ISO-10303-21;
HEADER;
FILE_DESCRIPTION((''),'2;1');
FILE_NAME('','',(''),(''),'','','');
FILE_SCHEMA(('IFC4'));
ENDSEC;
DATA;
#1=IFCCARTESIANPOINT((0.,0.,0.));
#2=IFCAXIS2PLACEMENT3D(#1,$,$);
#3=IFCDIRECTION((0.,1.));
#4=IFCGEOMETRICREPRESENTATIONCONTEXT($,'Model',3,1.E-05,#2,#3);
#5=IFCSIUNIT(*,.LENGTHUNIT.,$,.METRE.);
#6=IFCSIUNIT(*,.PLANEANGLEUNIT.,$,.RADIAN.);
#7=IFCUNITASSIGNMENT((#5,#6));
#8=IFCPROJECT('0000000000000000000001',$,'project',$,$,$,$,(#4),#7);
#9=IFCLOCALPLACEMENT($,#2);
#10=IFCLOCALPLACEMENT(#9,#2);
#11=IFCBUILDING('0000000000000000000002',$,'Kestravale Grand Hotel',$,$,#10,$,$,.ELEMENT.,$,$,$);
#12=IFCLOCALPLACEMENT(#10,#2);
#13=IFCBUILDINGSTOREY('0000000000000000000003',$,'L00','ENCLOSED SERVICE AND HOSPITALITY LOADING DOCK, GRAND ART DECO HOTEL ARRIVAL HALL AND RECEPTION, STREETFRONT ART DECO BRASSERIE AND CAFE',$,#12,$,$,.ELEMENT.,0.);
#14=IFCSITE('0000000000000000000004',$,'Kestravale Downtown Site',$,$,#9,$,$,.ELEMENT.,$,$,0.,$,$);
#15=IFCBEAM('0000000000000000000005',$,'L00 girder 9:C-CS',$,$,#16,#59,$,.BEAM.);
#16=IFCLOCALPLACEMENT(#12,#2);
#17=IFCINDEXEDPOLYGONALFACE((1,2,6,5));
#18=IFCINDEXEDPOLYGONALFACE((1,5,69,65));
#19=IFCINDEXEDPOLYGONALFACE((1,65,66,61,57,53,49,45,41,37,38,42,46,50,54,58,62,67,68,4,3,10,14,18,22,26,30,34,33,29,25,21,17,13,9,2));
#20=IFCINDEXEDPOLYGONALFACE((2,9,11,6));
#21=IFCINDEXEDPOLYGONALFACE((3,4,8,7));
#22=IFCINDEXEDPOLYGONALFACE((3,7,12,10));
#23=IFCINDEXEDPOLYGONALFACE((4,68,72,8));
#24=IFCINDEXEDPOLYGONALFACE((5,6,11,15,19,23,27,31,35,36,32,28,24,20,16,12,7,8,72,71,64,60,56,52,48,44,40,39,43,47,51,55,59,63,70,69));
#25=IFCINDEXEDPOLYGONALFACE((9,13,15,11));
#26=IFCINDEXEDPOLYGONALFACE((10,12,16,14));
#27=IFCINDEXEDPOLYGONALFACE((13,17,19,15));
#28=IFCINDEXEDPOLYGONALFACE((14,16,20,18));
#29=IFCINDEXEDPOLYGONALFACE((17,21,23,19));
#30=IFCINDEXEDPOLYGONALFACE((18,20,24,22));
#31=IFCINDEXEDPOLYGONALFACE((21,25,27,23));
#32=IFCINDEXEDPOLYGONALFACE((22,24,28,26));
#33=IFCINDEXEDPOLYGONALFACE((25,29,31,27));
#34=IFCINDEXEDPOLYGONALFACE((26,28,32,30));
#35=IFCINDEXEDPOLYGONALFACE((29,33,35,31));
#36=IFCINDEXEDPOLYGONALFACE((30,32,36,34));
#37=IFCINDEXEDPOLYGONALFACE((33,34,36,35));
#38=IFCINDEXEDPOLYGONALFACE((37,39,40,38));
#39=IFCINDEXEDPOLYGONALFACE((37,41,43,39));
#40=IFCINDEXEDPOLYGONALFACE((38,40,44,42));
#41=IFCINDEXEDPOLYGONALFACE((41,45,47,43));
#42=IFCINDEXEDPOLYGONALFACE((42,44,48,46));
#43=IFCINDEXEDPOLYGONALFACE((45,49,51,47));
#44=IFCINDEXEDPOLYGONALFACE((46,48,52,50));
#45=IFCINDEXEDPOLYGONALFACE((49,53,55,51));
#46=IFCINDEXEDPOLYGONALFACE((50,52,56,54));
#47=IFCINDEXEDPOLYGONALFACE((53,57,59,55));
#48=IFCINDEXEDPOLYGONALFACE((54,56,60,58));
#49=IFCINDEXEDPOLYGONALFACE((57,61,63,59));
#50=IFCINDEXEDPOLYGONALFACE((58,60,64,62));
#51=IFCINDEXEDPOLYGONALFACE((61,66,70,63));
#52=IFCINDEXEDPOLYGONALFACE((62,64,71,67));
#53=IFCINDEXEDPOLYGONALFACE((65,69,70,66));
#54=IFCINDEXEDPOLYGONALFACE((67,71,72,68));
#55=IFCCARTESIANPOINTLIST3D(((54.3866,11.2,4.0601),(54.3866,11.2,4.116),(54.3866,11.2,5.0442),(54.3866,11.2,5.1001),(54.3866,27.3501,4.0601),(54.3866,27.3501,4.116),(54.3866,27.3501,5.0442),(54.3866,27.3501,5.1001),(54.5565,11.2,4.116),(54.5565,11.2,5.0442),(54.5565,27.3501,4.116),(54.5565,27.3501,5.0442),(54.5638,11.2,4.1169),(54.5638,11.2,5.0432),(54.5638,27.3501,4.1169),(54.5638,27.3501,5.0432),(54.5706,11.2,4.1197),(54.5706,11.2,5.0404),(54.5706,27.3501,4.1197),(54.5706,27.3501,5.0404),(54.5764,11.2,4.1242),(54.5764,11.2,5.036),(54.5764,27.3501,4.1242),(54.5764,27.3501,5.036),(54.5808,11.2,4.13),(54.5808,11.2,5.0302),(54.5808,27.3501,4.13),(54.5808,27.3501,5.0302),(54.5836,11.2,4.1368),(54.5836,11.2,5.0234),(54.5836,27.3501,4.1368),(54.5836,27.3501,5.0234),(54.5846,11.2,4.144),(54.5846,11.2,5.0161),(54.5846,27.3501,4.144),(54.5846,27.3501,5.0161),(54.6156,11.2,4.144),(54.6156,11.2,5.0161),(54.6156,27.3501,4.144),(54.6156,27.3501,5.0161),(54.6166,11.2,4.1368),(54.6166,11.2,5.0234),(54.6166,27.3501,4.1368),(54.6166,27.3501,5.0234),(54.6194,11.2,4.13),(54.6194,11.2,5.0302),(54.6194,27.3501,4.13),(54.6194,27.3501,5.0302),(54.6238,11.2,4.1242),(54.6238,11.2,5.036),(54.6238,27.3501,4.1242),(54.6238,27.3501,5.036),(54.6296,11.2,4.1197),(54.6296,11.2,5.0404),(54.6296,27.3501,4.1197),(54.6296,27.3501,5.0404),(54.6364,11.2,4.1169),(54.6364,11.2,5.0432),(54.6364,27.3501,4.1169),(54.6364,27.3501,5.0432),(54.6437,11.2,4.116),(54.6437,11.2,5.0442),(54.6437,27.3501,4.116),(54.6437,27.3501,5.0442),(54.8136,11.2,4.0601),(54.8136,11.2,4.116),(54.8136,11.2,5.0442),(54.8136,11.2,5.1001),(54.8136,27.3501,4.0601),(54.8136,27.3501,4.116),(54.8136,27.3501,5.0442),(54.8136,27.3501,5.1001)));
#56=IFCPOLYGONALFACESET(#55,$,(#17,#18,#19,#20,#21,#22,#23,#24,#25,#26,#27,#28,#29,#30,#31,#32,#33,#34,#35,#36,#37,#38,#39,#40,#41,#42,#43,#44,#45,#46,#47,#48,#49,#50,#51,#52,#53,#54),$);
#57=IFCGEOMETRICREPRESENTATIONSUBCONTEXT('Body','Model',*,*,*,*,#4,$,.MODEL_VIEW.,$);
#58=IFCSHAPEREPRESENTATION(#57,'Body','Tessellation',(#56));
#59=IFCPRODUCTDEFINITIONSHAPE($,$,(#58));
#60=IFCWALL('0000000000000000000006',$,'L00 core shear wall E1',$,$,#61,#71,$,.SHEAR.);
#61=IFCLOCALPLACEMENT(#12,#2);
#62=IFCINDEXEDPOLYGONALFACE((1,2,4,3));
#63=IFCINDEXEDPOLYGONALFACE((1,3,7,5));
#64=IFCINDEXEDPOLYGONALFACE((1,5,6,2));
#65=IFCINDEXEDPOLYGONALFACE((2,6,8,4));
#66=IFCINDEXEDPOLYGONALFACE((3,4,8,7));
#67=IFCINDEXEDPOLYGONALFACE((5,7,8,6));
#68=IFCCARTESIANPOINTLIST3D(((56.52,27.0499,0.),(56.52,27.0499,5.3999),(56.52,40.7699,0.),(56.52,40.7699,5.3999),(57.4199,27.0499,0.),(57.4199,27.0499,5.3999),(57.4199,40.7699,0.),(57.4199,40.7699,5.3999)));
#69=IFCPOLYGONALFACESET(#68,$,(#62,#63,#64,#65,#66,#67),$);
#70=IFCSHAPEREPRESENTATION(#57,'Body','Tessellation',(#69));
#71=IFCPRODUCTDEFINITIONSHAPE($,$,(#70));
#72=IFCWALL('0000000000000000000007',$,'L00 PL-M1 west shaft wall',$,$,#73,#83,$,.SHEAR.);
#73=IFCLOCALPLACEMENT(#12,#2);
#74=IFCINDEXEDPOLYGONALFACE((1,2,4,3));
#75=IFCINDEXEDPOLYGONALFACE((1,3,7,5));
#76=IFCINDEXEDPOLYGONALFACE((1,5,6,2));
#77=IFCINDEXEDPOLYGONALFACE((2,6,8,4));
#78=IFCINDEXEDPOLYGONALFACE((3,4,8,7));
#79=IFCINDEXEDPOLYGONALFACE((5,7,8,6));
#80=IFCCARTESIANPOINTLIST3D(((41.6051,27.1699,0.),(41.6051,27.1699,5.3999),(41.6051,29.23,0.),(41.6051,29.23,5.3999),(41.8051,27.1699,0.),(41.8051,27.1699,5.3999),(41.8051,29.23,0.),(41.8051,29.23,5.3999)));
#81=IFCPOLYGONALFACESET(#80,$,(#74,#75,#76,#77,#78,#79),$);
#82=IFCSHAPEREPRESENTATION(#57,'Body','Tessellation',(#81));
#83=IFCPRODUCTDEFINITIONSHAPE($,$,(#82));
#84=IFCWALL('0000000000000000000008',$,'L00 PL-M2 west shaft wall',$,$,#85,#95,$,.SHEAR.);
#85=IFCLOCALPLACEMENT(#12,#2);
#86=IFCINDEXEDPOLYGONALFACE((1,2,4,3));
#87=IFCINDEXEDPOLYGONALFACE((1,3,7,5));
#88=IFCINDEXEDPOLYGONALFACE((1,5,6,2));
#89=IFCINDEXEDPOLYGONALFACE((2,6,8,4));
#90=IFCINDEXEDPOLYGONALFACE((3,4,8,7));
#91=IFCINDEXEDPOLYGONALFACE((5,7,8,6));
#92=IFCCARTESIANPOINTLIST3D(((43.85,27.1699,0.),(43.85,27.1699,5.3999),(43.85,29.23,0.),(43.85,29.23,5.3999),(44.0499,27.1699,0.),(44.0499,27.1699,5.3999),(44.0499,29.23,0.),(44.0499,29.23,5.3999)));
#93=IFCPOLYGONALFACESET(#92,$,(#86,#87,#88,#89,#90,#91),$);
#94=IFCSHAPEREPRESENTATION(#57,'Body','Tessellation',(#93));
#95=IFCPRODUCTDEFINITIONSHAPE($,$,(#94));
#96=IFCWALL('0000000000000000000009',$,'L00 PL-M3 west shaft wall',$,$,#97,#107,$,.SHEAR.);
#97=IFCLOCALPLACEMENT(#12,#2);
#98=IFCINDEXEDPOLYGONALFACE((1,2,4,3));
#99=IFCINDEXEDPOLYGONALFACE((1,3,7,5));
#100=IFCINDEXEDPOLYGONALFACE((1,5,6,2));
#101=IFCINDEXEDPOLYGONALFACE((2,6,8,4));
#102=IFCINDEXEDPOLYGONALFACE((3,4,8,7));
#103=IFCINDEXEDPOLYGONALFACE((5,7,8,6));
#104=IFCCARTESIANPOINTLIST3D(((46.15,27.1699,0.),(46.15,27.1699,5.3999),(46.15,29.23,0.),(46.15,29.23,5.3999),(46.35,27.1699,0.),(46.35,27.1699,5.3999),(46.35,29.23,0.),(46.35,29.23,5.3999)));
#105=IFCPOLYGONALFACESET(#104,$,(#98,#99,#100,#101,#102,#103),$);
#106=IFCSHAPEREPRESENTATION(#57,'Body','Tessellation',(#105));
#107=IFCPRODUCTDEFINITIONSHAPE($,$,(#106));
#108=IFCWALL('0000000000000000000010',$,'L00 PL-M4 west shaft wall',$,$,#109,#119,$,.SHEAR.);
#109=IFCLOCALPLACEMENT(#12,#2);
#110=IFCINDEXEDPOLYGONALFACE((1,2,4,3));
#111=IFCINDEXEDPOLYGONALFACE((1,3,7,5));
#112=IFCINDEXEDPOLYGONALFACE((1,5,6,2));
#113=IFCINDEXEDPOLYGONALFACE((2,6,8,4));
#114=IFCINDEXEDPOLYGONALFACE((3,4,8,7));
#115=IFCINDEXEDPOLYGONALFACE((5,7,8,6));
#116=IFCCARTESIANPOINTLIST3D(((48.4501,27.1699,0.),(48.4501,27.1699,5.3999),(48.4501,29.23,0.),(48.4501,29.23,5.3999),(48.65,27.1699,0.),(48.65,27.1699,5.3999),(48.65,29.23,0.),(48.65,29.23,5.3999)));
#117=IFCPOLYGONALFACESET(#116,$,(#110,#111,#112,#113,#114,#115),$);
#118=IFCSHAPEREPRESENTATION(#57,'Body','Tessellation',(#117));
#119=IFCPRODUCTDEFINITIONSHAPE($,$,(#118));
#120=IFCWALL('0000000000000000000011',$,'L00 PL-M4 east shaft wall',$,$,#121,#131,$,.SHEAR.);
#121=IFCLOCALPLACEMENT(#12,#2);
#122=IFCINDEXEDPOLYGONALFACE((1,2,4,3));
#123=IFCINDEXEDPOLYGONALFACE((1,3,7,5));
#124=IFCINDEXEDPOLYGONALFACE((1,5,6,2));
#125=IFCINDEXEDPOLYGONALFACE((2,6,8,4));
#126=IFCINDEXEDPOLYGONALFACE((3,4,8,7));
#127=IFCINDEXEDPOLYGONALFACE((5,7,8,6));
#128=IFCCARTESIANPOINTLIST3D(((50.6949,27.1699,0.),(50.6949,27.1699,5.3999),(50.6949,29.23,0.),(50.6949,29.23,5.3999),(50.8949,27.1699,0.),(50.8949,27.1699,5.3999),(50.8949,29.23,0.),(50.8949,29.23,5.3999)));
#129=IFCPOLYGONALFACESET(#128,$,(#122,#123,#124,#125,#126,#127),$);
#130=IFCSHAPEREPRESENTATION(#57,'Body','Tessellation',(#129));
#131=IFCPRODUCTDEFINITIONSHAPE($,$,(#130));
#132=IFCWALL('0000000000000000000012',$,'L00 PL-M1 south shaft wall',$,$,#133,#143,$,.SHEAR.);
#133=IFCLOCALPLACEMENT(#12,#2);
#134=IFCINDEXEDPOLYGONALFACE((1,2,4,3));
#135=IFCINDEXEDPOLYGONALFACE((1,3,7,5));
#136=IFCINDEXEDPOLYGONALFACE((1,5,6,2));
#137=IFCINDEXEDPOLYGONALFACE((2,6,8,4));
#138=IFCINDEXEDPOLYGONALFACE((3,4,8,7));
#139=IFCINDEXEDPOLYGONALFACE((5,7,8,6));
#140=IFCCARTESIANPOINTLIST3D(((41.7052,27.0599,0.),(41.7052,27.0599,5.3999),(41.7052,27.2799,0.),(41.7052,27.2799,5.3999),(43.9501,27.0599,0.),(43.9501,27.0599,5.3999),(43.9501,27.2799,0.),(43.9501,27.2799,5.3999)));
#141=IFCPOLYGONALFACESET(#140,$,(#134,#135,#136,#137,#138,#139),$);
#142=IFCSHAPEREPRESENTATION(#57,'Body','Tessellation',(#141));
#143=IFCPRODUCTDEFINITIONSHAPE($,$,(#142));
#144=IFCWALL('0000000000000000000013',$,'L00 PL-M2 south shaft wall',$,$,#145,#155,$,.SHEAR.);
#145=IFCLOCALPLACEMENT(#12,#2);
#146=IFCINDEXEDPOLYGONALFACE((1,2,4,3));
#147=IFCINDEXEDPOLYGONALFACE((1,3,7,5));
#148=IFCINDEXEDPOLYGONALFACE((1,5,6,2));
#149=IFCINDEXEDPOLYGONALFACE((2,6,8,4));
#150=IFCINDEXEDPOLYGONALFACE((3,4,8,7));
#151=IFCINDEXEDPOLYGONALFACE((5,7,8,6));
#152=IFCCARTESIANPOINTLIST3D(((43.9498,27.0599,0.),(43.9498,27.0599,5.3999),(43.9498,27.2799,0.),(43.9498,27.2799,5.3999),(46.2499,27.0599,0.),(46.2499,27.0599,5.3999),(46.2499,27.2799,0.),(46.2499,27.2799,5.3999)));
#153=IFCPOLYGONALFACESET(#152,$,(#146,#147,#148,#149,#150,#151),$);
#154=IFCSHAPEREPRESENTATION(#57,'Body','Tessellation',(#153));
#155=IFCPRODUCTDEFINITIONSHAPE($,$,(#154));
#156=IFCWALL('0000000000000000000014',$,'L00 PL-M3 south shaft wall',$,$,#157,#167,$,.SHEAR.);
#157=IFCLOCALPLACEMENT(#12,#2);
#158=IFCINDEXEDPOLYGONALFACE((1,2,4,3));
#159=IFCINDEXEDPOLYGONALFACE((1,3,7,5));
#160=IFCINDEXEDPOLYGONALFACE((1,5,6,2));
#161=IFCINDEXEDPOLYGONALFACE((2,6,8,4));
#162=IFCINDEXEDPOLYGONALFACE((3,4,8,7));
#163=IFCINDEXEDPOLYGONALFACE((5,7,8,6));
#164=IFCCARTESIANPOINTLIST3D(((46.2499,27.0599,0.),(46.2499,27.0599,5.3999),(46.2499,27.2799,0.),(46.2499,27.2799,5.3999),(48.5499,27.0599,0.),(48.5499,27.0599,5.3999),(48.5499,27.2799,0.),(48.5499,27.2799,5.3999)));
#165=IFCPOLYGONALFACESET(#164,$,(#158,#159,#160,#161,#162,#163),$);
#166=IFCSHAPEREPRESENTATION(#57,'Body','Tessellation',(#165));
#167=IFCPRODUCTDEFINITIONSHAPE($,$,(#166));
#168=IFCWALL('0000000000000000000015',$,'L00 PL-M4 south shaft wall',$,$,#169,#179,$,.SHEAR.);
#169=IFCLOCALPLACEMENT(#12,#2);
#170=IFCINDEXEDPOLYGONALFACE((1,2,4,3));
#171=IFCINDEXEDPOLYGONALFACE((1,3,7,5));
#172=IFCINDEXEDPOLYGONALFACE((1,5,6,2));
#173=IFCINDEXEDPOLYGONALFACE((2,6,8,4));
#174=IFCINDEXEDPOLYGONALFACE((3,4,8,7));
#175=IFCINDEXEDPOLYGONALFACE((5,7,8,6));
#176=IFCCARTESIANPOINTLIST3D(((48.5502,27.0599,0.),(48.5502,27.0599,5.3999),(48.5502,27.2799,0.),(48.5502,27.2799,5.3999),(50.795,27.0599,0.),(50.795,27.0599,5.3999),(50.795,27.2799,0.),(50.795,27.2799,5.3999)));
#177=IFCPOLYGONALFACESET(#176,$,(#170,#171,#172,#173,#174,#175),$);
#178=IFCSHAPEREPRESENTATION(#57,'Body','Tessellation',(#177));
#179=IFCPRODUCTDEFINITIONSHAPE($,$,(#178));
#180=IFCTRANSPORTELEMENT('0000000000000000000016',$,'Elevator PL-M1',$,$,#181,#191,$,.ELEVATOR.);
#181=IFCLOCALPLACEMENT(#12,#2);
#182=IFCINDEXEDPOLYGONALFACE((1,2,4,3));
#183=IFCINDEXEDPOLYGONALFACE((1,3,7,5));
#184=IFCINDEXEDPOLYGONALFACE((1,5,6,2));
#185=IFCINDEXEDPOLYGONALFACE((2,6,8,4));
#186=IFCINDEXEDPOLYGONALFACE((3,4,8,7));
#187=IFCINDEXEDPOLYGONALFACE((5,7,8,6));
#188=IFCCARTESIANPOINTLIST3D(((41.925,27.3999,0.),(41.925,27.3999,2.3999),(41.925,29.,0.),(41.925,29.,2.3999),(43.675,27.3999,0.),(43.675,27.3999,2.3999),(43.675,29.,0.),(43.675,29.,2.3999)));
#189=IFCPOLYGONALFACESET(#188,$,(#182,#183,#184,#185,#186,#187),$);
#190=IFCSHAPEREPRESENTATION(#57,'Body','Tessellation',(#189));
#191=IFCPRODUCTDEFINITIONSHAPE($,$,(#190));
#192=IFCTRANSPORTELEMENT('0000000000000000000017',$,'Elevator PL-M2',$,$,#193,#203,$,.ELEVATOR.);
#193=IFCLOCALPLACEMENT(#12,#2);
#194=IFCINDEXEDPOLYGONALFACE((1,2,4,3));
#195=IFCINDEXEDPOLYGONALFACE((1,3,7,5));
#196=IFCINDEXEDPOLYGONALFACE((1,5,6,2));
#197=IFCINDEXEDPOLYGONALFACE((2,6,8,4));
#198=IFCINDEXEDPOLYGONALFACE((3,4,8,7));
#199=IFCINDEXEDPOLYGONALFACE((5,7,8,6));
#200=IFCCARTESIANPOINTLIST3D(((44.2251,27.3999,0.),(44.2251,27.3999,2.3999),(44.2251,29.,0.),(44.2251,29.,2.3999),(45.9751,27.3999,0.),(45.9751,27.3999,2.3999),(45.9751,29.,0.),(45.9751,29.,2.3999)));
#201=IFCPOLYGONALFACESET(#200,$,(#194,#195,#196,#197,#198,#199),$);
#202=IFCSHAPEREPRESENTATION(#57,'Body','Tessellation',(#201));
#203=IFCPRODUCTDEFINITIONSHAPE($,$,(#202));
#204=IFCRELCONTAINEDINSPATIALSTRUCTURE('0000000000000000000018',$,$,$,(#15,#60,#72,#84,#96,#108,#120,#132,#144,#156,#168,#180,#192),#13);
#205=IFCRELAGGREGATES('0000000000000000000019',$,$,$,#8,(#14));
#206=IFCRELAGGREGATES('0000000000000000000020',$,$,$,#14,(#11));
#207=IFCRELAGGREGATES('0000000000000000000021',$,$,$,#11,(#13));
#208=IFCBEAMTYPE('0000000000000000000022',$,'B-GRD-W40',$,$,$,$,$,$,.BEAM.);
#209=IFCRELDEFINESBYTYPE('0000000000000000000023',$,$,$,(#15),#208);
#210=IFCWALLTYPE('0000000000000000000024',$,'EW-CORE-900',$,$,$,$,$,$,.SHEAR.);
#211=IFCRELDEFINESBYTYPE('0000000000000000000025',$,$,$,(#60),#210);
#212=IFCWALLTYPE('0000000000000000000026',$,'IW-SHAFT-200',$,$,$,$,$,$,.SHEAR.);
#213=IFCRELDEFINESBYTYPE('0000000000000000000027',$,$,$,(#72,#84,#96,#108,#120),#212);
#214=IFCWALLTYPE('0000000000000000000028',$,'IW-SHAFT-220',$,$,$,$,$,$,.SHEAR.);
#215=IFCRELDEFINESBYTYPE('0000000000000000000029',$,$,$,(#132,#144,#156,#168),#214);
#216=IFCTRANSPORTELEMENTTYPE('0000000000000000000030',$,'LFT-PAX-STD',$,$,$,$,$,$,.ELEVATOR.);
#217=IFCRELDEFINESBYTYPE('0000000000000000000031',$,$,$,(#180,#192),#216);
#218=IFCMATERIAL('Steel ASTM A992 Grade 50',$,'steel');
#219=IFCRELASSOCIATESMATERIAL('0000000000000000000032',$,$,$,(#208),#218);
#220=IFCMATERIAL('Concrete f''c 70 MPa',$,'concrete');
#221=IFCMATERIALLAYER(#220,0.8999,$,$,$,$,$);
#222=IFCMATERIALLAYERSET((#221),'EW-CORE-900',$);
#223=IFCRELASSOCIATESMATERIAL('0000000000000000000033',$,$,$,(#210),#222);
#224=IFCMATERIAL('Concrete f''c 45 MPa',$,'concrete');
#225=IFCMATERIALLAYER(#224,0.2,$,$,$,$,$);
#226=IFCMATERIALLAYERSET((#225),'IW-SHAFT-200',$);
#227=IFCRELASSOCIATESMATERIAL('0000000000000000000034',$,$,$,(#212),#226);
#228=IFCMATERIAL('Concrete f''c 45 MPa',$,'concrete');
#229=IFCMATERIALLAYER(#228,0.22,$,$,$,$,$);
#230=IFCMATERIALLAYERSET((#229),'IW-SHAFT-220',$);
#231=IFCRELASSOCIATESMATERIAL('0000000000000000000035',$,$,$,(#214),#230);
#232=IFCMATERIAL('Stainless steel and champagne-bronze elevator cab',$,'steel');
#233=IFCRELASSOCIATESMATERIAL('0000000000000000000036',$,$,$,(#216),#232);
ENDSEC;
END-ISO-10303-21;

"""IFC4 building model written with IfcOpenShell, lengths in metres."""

from ifc_helpers import new_model, si_unit, direction, frame, frame_2d, origin, origin_2d, place, context, subcontext, project, spatial, rectangle, i_section, extrude, material, layer, layer_set, material_profile, profile_set, type_object, element, save


model = new_model("IFC4")

# Units and contexts
model_context = context("Model", 3, precision=1e-05, world=origin(), true_north=direction((0.0, 1.0)))
body_context = subcontext(model_context, "Body", "Model", "MODEL_VIEW")
ifc_project = project(units=[si_unit("LENGTHUNIT", "METRE"), si_unit("PLANEANGLEUNIT", "RADIAN")], contexts=[model_context])

# Site, building, storey
site_placement = place(None, origin())
site = spatial("IfcSite", under=ifc_project, at=site_placement, Name="Kestravale Downtown Site", CompositionType="ELEMENT", RefElevation=0.0)
building_placement = place(site_placement, origin())
building = spatial("IfcBuilding", under=site, at=building_placement, Name="Kestravale Grand Hotel", CompositionType="ELEMENT")
storey_placement = place(building_placement, origin())
storey = spatial("IfcBuildingStorey", under=building, at=storey_placement, Name="L00", Description="ENCLOSED SERVICE AND HOSPITALITY LOADING DOCK, GRAND ART DECO HOTEL ARRIVAL HALL AND RECEPTION, STREETFRONT ART DECO BRASSERIE AND CAFE", CompositionType="ELEMENT", Elevation=0.0)

# Beam
ifc_material_1 = material(Name="Steel ASTM A992 Grade 50", Category="steel")
ifc_material_profile_1 = material_profile(ifc_material_1, i_section(OverallWidth=0.427, OverallDepth=1.04, WebThickness=0.031, FlangeThickness=0.0559, FilletRadius=0.0281, at=origin_2d()))
ifc_profile_set_1 = profile_set([ifc_material_profile_1], Name="Steel ASTM A992 Grade 50")
beam_type = type_object("IfcBeamType", Name="B-GRD-W40", PredefinedType="BEAM", material=ifc_profile_set_1)
beam_1_placement = place(storey_placement, frame((54.6001, 11.2, 4.5801), z_axis=(0.0, 1.0, 0.0), x_axis=(-1.0, 0.0, 0.0)))
element("IfcBeam", 1, at=beam_1_placement, inside=storey, type_object=beam_type, Name="L00 girder 9:C-CS", PredefinedType="BEAM", context=body_context, shape_type="SweptSolid", body=[
    extrude(i_section(OverallWidth=0.427, OverallDepth=1.04, WebThickness=0.031, FlangeThickness=0.0559, FilletRadius=0.0281, at=origin_2d()), origin(), (0.0, 0.0, 1.0), 16.1501),
])

# Walls
ifc_material_2 = material(Name="Concrete f'c 70 MPa", Category="concrete")
ifc_layer_1 = layer(ifc_material_2, 0.8999)
ifc_layer_set_1 = layer_set([ifc_layer_1], Name="EW-CORE-900")
wall_type_1 = type_object("IfcWallType", Name="EW-CORE-900", PredefinedType="SHEAR", material=ifc_layer_set_1)
wall_1_placement = place(storey_placement, frame((56.97, 27.05, 0.0), z_axis=(0.0, 0.0, 1.0), x_axis=(0.0, 1.0, 0.0)))
element("IfcWall", 2, at=wall_1_placement, inside=storey, type_object=wall_type_1, Name="L00 core shear wall E1", PredefinedType="SHEAR", context=body_context, shape_type="SweptSolid", body=[
    extrude(rectangle(XDim=13.72, YDim=0.8999, at=frame_2d((6.8599, 0.0))), origin(), (0.0, 0.0, 1.0), 5.3999),
])
ifc_material_3 = material(Name="Concrete f'c 45 MPa", Category="concrete")
ifc_layer_2 = layer(ifc_material_3, 0.2)
ifc_layer_set_2 = layer_set([ifc_layer_2], Name="IW-SHAFT-200")
wall_type_2 = type_object("IfcWallType", Name="IW-SHAFT-200", PredefinedType="SHEAR", material=ifc_layer_set_2)
for number, where, z_axis, x_axis, name in (
    (3, (41.7051, 27.1699, 0.0), (0.0, 0.0, 1.0), (0.0, 1.0, 0.0), "L00 PL-M1 west shaft wall"),
    (4, (43.95, 27.1699, 0.0), (0.0, 0.0, 1.0), (0.0, 1.0, 0.0), "L00 PL-M2 west shaft wall"),
    (5, (46.25, 27.1699, 0.0), (0.0, 0.0, 1.0), (0.0, 1.0, 0.0), "L00 PL-M3 west shaft wall"),
    (6, (48.55, 27.1699, 0.0), (0.0, 0.0, 1.0), (0.0, 1.0, 0.0), "L00 PL-M4 west shaft wall"),
    (7, (50.7949, 27.1699, 0.0), (0.0, 0.0, 1.0), (0.0, 1.0, 0.0), "L00 PL-M4 east shaft wall"),
):
    element("IfcWall", number, at=place(storey_placement, frame(where, z_axis=z_axis, x_axis=x_axis)), inside=storey, type_object=wall_type_2, Name=name, PredefinedType="SHEAR", context=body_context, shape_type="SweptSolid", body=[
        extrude(rectangle(XDim=2.0601, YDim=0.2, at=frame_2d((1.03, 0.0))), origin(), (0.0, 0.0, 1.0), 5.3999),
    ])
ifc_material_4 = material(Name="Concrete f'c 45 MPa", Category="concrete")
ifc_layer_3 = layer(ifc_material_4, 0.22)
ifc_layer_set_3 = layer_set([ifc_layer_3], Name="IW-SHAFT-220")
wall_type_3 = type_object("IfcWallType", Name="IW-SHAFT-220", PredefinedType="SHEAR", material=ifc_layer_set_3)
wall_2_placement = place(storey_placement, frame((41.7051, 27.1699, 0.0), z_axis=(0.0, 0.0, 1.0), x_axis=(1.0, 0.0, 0.0)))
element("IfcWall", 8, at=wall_2_placement, inside=storey, type_object=wall_type_3, Name="L00 PL-M1 south shaft wall", PredefinedType="SHEAR", context=body_context, shape_type="SweptSolid", body=[
    extrude(rectangle(XDim=2.2449, YDim=0.22, at=frame_2d((1.1226, 0.0))), origin(), (0.0, 0.0, 1.0), 5.3999),
])
for number, where, z_axis, x_axis, name in (
    (9, (43.95, 27.1699, 0.0), (0.0, 0.0, 1.0), (1.0, 0.0, 0.0), "L00 PL-M2 south shaft wall"),
    (10, (46.25, 27.1699, 0.0), (0.0, 0.0, 1.0), (1.0, 0.0, 0.0), "L00 PL-M3 south shaft wall"),
):
    element("IfcWall", number, at=place(storey_placement, frame(where, z_axis=z_axis, x_axis=x_axis)), inside=storey, type_object=wall_type_3, Name=name, PredefinedType="SHEAR", context=body_context, shape_type="SweptSolid", body=[
        extrude(rectangle(XDim=2.3, YDim=0.22, at=frame_2d((1.1499, 0.0))), origin(), (0.0, 0.0, 1.0), 5.3999),
    ])
wall_3_placement = place(storey_placement, frame((48.55, 27.1699, 0.0), z_axis=(0.0, 0.0, 1.0), x_axis=(1.0, 0.0, 0.0)))
element("IfcWall", 11, at=wall_3_placement, inside=storey, type_object=wall_type_3, Name="L00 PL-M4 south shaft wall", PredefinedType="SHEAR", context=body_context, shape_type="SweptSolid", body=[
    extrude(rectangle(XDim=2.2449, YDim=0.22, at=frame_2d((1.1226, 0.0))), origin(), (0.0, 0.0, 1.0), 5.3999),
])

# Transport elements
ifc_material_5 = material(Name="Stainless steel and champagne-bronze elevator cab", Category="steel")
transport_element_type = type_object("IfcTransportElementType", Name="LFT-PAX-STD", PredefinedType="ELEVATOR", material=ifc_material_5)
for number, where, z_axis, x_axis, name in (
    (12, (42.8, 28.2, 0.0), (0.0, 0.0, 1.0), (1.0, 0.0, 0.0), "Elevator PL-M1"),
    (13, (45.1001, 28.2, 0.0), (0.0, 0.0, 1.0), (1.0, 0.0, 0.0), "Elevator PL-M2"),
):
    element("IfcTransportElement", number, at=place(storey_placement, frame(where, z_axis=z_axis, x_axis=x_axis)), inside=storey, type_object=transport_element_type, Name=name, PredefinedType="ELEVATOR", context=body_context, shape_type="SweptSolid", body=[
        extrude(rectangle(XDim=1.75, YDim=1.6001, at=origin_2d()), origin(), (0.0, 0.0, 1.0), 2.3999),
    ])

save(model, "model.ifc")
